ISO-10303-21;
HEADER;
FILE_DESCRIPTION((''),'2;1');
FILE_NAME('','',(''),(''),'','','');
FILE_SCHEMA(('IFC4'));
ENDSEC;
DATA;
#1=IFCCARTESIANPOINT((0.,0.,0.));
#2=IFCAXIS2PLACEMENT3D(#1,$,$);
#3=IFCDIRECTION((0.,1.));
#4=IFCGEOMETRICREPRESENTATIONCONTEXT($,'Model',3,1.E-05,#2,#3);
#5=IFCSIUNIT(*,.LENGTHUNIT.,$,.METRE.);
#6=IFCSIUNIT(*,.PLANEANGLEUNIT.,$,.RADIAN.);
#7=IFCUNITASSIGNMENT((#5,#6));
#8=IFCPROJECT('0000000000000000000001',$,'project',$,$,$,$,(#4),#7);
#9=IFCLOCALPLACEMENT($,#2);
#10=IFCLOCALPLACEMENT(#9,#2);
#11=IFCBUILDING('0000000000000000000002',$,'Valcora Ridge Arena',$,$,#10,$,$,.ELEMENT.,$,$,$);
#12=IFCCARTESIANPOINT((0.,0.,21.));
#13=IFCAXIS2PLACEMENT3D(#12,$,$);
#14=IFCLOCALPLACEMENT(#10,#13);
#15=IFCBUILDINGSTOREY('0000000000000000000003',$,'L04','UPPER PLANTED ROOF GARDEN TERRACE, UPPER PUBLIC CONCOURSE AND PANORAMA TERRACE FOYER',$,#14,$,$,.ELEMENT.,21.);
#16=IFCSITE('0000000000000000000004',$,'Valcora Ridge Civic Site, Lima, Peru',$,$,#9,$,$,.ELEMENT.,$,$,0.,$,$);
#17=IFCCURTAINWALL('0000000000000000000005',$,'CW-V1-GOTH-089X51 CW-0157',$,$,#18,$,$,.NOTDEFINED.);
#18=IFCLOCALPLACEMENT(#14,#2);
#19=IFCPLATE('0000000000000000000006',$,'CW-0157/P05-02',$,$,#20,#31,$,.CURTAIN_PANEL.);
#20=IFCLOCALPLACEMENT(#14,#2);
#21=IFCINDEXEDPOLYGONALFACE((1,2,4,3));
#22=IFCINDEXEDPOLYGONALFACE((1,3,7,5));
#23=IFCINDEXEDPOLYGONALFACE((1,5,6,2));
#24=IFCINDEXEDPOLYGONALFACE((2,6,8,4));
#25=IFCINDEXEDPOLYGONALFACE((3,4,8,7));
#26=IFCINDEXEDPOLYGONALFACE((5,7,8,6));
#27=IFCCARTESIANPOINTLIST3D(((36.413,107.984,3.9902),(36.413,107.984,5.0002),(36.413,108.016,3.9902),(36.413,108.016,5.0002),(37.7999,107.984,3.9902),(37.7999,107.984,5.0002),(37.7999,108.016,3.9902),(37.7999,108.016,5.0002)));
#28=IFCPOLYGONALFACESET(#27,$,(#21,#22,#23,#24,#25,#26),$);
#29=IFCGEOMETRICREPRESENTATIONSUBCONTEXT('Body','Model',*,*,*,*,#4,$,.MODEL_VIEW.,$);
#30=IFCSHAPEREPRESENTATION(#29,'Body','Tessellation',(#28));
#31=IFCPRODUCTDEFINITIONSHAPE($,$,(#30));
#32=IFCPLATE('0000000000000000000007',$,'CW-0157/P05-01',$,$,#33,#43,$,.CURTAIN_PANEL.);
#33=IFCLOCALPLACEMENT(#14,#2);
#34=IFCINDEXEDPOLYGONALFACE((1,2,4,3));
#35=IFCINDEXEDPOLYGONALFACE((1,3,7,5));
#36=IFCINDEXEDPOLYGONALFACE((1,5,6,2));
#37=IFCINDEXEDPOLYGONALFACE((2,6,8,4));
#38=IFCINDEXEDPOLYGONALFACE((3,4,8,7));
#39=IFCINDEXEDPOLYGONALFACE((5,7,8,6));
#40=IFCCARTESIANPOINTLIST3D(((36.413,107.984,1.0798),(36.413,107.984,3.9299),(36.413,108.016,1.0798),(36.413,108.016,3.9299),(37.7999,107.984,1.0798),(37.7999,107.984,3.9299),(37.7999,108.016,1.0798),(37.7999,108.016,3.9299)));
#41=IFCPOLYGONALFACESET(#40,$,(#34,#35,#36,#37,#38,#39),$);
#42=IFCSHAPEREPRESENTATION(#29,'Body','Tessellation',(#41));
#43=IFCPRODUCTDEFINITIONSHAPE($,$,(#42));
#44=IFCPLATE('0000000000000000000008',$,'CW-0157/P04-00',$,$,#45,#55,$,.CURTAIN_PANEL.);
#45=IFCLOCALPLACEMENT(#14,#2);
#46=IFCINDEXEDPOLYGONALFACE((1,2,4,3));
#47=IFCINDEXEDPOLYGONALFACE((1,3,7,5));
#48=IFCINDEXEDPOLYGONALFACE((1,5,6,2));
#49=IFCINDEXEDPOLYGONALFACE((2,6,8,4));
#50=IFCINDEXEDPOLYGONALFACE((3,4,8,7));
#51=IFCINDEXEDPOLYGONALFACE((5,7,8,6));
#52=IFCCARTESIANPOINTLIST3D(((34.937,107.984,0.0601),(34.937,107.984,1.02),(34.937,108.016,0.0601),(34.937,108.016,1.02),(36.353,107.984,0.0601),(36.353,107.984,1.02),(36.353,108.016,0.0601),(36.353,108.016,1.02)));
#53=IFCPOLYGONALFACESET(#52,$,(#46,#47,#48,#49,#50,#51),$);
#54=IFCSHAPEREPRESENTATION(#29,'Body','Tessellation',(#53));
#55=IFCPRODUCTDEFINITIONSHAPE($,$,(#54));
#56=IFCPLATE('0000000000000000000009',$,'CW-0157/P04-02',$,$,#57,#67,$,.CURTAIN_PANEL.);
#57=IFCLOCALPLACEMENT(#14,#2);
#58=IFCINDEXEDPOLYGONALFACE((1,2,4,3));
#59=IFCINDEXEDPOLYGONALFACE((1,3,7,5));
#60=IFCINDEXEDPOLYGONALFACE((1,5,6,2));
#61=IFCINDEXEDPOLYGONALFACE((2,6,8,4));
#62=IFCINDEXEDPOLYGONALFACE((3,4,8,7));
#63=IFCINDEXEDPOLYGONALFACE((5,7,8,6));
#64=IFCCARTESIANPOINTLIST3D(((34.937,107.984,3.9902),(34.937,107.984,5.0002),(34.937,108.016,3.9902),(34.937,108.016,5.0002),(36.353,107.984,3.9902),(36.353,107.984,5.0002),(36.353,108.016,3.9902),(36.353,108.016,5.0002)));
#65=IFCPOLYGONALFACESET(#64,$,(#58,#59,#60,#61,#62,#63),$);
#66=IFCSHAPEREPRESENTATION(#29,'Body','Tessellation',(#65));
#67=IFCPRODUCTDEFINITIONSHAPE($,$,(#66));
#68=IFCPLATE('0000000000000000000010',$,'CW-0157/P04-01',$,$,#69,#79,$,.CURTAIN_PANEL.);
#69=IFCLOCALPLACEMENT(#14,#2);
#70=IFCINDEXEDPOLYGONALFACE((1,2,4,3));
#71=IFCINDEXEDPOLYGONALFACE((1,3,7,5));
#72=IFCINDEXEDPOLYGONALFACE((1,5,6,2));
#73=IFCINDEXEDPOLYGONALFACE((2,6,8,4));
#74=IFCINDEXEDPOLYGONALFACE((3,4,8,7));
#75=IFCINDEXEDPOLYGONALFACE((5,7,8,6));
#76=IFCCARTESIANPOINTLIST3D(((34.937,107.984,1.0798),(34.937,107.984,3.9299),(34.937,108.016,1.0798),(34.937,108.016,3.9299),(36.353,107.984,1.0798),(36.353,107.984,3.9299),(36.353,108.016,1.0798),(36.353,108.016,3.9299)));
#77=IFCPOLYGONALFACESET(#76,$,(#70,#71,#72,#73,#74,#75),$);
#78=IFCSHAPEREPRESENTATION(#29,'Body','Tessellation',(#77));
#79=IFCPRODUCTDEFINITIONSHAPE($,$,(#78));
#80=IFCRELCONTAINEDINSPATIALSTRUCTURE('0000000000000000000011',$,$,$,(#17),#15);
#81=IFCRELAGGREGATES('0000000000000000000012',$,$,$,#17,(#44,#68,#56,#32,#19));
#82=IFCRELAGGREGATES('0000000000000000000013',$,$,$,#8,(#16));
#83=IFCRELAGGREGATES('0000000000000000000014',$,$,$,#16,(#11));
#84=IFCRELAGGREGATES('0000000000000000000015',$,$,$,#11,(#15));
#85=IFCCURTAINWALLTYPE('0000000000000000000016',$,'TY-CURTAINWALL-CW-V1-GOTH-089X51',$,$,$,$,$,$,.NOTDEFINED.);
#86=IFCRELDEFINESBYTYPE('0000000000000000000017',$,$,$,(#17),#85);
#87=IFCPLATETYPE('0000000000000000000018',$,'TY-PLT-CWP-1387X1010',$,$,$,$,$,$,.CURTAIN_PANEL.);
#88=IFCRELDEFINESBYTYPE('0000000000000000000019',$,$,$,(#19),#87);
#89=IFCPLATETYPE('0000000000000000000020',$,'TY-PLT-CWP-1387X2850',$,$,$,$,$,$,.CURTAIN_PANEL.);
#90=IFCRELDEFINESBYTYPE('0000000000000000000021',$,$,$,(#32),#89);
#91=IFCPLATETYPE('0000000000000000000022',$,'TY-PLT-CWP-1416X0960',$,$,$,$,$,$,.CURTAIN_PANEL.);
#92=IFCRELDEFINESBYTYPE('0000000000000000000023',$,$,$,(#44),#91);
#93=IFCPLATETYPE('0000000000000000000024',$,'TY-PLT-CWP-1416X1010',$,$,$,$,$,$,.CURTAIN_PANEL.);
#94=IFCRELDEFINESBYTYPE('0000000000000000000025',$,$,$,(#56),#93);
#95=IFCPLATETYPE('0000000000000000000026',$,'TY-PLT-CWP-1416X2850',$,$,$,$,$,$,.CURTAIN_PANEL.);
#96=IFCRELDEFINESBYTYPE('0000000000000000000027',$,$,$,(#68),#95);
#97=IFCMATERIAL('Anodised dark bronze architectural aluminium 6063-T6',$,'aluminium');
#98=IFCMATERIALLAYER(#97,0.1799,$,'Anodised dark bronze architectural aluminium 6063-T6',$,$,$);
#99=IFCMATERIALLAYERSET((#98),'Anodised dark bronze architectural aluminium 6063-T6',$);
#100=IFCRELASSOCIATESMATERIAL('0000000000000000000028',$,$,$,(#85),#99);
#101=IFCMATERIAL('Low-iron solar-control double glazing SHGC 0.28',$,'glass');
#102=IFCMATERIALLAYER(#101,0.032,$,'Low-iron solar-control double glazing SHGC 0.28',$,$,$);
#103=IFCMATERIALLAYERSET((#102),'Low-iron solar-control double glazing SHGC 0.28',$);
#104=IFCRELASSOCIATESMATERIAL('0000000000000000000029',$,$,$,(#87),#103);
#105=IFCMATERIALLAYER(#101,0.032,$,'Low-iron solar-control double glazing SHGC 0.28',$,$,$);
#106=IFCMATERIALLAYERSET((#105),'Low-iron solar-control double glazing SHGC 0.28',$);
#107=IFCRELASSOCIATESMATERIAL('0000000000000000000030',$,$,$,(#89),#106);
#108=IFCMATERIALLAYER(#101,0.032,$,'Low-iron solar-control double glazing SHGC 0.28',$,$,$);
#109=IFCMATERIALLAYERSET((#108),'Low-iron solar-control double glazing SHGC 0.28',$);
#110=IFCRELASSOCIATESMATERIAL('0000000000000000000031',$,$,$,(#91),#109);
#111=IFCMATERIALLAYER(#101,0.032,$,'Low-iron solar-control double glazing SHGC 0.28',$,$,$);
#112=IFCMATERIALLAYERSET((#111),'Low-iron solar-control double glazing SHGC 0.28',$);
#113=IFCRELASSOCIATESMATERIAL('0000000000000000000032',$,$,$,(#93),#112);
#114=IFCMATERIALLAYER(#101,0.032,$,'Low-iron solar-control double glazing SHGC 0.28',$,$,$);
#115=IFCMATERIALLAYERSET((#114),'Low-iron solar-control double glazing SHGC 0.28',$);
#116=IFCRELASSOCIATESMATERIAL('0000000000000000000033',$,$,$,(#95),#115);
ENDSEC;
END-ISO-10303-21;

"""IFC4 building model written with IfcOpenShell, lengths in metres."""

from ifc_helpers import new_model, si_unit, direction, frame, origin, origin_2d, place, context, subcontext, project, spatial, rectangle, extrude, material, layer, layer_set, type_object, element, aggregate, save


model = new_model("IFC4")

# Units and contexts
model_context = context("Model", 3, precision=1e-05, world=origin(), true_north=direction((0.0, 1.0)))
body_context = subcontext(model_context, "Body", "Model", "MODEL_VIEW")
ifc_project = project(units=[si_unit("LENGTHUNIT", "METRE"), si_unit("PLANEANGLEUNIT", "RADIAN")], contexts=[model_context])

# Site, building, storey
site_placement = place(None, origin())
site = spatial("IfcSite", under=ifc_project, at=site_placement, Name="Valcora Ridge Civic Site, Lima, Peru", CompositionType="ELEMENT", RefElevation=0.0)
building_placement = place(site_placement, origin())
building = spatial("IfcBuilding", under=site, at=building_placement, Name="Valcora Ridge Arena", CompositionType="ELEMENT")
storey_placement = place(building_placement, frame((0.0, 0.0, 21.0)))
storey = spatial("IfcBuildingStorey", under=building, at=storey_placement, Name="L04", Description="UPPER PLANTED ROOF GARDEN TERRACE, UPPER PUBLIC CONCOURSE AND PANORAMA TERRACE FOYER", CompositionType="ELEMENT", Elevation=21.0)

# Curtain wall
ifc_material_1 = material(Name="Anodised dark bronze architectural aluminium 6063-T6", Category="aluminium")
ifc_layer_1 = layer(ifc_material_1, 0.1799, Name="Anodised dark bronze architectural aluminium 6063-T6")
ifc_layer_set_1 = layer_set([ifc_layer_1], Name="Anodised dark bronze architectural aluminium 6063-T6")
curtain_wall_type_1 = type_object("IfcCurtainWallType", Name="TY-CURTAINWALL-CW-V1-GOTH-089X51", PredefinedType="NOTDEFINED", material=ifc_layer_set_1)
curtain_wall_1_placement = place(storey_placement, origin())
curtain_wall_1 = element("IfcCurtainWall", 1, at=curtain_wall_1_placement, inside=storey, type_object=curtain_wall_type_1, Name="CW-V1-GOTH-089X51 CW-0157", PredefinedType="NOTDEFINED")

# Plates
ifc_material_2 = material(Name="Low-iron solar-control double glazing SHGC 0.28", Category="glass")
ifc_layer_2 = layer(ifc_material_2, 0.032, Name="Low-iron solar-control double glazing SHGC 0.28")
ifc_layer_set_2 = layer_set([ifc_layer_2], Name="Low-iron solar-control double glazing SHGC 0.28")
plate_type_1 = type_object("IfcPlateType", Name="TY-PLT-CWP-1387X1010", PredefinedType="CURTAIN_PANEL", material=ifc_layer_set_2)
plate_1_placement = place(storey_placement, frame((37.1064, 108.0, 3.9902), z_axis=(0.0, 0.0, 1.0), x_axis=(1.0, 0.0, 0.0)))
plate_1 = element("IfcPlate", 2, at=plate_1_placement, type_object=plate_type_1, Name="CW-0157/P05-02", PredefinedType="CURTAIN_PANEL", context=body_context, shape_type="SweptSolid", body=[
    extrude(rectangle(XDim=1.387, YDim=0.032, at=origin_2d()), origin(), (0.0, 0.0, 1.0), 1.01),
])
ifc_layer_3 = layer(ifc_material_2, 0.032, Name="Low-iron solar-control double glazing SHGC 0.28")
ifc_layer_set_3 = layer_set([ifc_layer_3], Name="Low-iron solar-control double glazing SHGC 0.28")
plate_type_2 = type_object("IfcPlateType", Name="TY-PLT-CWP-1387X2850", PredefinedType="CURTAIN_PANEL", material=ifc_layer_set_3)
plate_2_placement = place(storey_placement, frame((37.1064, 108.0, 1.0798), z_axis=(0.0, 0.0, 1.0), x_axis=(1.0, 0.0, 0.0)))
plate_2 = element("IfcPlate", 3, at=plate_2_placement, type_object=plate_type_2, Name="CW-0157/P05-01", PredefinedType="CURTAIN_PANEL", context=body_context, shape_type="SweptSolid", body=[
    extrude(rectangle(XDim=1.387, YDim=0.032, at=origin_2d()), origin(), (0.0, 0.0, 1.0), 2.8501),
])
ifc_layer_4 = layer(ifc_material_2, 0.032, Name="Low-iron solar-control double glazing SHGC 0.28")
ifc_layer_set_4 = layer_set([ifc_layer_4], Name="Low-iron solar-control double glazing SHGC 0.28")
plate_type_3 = type_object("IfcPlateType", Name="TY-PLT-CWP-1416X0960", PredefinedType="CURTAIN_PANEL", material=ifc_layer_set_4)
plate_3_placement = place(storey_placement, frame((35.645, 108.0, 0.0601), z_axis=(0.0, 0.0, 1.0), x_axis=(1.0, 0.0, 0.0)))
plate_3 = element("IfcPlate", 4, at=plate_3_placement, type_object=plate_type_3, Name="CW-0157/P04-00", PredefinedType="CURTAIN_PANEL", context=body_context, shape_type="SweptSolid", body=[
    extrude(rectangle(XDim=1.416, YDim=0.032, at=origin_2d()), origin(), (0.0, 0.0, 1.0), 0.96),
])
ifc_layer_5 = layer(ifc_material_2, 0.032, Name="Low-iron solar-control double glazing SHGC 0.28")
ifc_layer_set_5 = layer_set([ifc_layer_5], Name="Low-iron solar-control double glazing SHGC 0.28")
plate_type_4 = type_object("IfcPlateType", Name="TY-PLT-CWP-1416X1010", PredefinedType="CURTAIN_PANEL", material=ifc_layer_set_5)
plate_4_placement = place(storey_placement, frame((35.645, 108.0, 3.9902), z_axis=(0.0, 0.0, 1.0), x_axis=(1.0, 0.0, 0.0)))
plate_4 = element("IfcPlate", 5, at=plate_4_placement, type_object=plate_type_4, Name="CW-0157/P04-02", PredefinedType="CURTAIN_PANEL", context=body_context, shape_type="SweptSolid", body=[
    extrude(rectangle(XDim=1.416, YDim=0.032, at=origin_2d()), origin(), (0.0, 0.0, 1.0), 1.01),
])
ifc_layer_6 = layer(ifc_material_2, 0.032, Name="Low-iron solar-control double glazing SHGC 0.28")
ifc_layer_set_6 = layer_set([ifc_layer_6], Name="Low-iron solar-control double glazing SHGC 0.28")
plate_type_5 = type_object("IfcPlateType", Name="TY-PLT-CWP-1416X2850", PredefinedType="CURTAIN_PANEL", material=ifc_layer_set_6)
plate_5_placement = place(storey_placement, frame((35.645, 108.0, 1.0798), z_axis=(0.0, 0.0, 1.0), x_axis=(1.0, 0.0, 0.0)))
plate_5 = element("IfcPlate", 6, at=plate_5_placement, type_object=plate_type_5, Name="CW-0157/P04-01", PredefinedType="CURTAIN_PANEL", context=body_context, shape_type="SweptSolid", body=[
    extrude(rectangle(XDim=1.416, YDim=0.032, at=origin_2d()), origin(), (0.0, 0.0, 1.0), 2.8501),
])
aggregate(curtain_wall_1, [plate_3, plate_5, plate_4, plate_2, plate_1])

save(model, "model.ifc")
